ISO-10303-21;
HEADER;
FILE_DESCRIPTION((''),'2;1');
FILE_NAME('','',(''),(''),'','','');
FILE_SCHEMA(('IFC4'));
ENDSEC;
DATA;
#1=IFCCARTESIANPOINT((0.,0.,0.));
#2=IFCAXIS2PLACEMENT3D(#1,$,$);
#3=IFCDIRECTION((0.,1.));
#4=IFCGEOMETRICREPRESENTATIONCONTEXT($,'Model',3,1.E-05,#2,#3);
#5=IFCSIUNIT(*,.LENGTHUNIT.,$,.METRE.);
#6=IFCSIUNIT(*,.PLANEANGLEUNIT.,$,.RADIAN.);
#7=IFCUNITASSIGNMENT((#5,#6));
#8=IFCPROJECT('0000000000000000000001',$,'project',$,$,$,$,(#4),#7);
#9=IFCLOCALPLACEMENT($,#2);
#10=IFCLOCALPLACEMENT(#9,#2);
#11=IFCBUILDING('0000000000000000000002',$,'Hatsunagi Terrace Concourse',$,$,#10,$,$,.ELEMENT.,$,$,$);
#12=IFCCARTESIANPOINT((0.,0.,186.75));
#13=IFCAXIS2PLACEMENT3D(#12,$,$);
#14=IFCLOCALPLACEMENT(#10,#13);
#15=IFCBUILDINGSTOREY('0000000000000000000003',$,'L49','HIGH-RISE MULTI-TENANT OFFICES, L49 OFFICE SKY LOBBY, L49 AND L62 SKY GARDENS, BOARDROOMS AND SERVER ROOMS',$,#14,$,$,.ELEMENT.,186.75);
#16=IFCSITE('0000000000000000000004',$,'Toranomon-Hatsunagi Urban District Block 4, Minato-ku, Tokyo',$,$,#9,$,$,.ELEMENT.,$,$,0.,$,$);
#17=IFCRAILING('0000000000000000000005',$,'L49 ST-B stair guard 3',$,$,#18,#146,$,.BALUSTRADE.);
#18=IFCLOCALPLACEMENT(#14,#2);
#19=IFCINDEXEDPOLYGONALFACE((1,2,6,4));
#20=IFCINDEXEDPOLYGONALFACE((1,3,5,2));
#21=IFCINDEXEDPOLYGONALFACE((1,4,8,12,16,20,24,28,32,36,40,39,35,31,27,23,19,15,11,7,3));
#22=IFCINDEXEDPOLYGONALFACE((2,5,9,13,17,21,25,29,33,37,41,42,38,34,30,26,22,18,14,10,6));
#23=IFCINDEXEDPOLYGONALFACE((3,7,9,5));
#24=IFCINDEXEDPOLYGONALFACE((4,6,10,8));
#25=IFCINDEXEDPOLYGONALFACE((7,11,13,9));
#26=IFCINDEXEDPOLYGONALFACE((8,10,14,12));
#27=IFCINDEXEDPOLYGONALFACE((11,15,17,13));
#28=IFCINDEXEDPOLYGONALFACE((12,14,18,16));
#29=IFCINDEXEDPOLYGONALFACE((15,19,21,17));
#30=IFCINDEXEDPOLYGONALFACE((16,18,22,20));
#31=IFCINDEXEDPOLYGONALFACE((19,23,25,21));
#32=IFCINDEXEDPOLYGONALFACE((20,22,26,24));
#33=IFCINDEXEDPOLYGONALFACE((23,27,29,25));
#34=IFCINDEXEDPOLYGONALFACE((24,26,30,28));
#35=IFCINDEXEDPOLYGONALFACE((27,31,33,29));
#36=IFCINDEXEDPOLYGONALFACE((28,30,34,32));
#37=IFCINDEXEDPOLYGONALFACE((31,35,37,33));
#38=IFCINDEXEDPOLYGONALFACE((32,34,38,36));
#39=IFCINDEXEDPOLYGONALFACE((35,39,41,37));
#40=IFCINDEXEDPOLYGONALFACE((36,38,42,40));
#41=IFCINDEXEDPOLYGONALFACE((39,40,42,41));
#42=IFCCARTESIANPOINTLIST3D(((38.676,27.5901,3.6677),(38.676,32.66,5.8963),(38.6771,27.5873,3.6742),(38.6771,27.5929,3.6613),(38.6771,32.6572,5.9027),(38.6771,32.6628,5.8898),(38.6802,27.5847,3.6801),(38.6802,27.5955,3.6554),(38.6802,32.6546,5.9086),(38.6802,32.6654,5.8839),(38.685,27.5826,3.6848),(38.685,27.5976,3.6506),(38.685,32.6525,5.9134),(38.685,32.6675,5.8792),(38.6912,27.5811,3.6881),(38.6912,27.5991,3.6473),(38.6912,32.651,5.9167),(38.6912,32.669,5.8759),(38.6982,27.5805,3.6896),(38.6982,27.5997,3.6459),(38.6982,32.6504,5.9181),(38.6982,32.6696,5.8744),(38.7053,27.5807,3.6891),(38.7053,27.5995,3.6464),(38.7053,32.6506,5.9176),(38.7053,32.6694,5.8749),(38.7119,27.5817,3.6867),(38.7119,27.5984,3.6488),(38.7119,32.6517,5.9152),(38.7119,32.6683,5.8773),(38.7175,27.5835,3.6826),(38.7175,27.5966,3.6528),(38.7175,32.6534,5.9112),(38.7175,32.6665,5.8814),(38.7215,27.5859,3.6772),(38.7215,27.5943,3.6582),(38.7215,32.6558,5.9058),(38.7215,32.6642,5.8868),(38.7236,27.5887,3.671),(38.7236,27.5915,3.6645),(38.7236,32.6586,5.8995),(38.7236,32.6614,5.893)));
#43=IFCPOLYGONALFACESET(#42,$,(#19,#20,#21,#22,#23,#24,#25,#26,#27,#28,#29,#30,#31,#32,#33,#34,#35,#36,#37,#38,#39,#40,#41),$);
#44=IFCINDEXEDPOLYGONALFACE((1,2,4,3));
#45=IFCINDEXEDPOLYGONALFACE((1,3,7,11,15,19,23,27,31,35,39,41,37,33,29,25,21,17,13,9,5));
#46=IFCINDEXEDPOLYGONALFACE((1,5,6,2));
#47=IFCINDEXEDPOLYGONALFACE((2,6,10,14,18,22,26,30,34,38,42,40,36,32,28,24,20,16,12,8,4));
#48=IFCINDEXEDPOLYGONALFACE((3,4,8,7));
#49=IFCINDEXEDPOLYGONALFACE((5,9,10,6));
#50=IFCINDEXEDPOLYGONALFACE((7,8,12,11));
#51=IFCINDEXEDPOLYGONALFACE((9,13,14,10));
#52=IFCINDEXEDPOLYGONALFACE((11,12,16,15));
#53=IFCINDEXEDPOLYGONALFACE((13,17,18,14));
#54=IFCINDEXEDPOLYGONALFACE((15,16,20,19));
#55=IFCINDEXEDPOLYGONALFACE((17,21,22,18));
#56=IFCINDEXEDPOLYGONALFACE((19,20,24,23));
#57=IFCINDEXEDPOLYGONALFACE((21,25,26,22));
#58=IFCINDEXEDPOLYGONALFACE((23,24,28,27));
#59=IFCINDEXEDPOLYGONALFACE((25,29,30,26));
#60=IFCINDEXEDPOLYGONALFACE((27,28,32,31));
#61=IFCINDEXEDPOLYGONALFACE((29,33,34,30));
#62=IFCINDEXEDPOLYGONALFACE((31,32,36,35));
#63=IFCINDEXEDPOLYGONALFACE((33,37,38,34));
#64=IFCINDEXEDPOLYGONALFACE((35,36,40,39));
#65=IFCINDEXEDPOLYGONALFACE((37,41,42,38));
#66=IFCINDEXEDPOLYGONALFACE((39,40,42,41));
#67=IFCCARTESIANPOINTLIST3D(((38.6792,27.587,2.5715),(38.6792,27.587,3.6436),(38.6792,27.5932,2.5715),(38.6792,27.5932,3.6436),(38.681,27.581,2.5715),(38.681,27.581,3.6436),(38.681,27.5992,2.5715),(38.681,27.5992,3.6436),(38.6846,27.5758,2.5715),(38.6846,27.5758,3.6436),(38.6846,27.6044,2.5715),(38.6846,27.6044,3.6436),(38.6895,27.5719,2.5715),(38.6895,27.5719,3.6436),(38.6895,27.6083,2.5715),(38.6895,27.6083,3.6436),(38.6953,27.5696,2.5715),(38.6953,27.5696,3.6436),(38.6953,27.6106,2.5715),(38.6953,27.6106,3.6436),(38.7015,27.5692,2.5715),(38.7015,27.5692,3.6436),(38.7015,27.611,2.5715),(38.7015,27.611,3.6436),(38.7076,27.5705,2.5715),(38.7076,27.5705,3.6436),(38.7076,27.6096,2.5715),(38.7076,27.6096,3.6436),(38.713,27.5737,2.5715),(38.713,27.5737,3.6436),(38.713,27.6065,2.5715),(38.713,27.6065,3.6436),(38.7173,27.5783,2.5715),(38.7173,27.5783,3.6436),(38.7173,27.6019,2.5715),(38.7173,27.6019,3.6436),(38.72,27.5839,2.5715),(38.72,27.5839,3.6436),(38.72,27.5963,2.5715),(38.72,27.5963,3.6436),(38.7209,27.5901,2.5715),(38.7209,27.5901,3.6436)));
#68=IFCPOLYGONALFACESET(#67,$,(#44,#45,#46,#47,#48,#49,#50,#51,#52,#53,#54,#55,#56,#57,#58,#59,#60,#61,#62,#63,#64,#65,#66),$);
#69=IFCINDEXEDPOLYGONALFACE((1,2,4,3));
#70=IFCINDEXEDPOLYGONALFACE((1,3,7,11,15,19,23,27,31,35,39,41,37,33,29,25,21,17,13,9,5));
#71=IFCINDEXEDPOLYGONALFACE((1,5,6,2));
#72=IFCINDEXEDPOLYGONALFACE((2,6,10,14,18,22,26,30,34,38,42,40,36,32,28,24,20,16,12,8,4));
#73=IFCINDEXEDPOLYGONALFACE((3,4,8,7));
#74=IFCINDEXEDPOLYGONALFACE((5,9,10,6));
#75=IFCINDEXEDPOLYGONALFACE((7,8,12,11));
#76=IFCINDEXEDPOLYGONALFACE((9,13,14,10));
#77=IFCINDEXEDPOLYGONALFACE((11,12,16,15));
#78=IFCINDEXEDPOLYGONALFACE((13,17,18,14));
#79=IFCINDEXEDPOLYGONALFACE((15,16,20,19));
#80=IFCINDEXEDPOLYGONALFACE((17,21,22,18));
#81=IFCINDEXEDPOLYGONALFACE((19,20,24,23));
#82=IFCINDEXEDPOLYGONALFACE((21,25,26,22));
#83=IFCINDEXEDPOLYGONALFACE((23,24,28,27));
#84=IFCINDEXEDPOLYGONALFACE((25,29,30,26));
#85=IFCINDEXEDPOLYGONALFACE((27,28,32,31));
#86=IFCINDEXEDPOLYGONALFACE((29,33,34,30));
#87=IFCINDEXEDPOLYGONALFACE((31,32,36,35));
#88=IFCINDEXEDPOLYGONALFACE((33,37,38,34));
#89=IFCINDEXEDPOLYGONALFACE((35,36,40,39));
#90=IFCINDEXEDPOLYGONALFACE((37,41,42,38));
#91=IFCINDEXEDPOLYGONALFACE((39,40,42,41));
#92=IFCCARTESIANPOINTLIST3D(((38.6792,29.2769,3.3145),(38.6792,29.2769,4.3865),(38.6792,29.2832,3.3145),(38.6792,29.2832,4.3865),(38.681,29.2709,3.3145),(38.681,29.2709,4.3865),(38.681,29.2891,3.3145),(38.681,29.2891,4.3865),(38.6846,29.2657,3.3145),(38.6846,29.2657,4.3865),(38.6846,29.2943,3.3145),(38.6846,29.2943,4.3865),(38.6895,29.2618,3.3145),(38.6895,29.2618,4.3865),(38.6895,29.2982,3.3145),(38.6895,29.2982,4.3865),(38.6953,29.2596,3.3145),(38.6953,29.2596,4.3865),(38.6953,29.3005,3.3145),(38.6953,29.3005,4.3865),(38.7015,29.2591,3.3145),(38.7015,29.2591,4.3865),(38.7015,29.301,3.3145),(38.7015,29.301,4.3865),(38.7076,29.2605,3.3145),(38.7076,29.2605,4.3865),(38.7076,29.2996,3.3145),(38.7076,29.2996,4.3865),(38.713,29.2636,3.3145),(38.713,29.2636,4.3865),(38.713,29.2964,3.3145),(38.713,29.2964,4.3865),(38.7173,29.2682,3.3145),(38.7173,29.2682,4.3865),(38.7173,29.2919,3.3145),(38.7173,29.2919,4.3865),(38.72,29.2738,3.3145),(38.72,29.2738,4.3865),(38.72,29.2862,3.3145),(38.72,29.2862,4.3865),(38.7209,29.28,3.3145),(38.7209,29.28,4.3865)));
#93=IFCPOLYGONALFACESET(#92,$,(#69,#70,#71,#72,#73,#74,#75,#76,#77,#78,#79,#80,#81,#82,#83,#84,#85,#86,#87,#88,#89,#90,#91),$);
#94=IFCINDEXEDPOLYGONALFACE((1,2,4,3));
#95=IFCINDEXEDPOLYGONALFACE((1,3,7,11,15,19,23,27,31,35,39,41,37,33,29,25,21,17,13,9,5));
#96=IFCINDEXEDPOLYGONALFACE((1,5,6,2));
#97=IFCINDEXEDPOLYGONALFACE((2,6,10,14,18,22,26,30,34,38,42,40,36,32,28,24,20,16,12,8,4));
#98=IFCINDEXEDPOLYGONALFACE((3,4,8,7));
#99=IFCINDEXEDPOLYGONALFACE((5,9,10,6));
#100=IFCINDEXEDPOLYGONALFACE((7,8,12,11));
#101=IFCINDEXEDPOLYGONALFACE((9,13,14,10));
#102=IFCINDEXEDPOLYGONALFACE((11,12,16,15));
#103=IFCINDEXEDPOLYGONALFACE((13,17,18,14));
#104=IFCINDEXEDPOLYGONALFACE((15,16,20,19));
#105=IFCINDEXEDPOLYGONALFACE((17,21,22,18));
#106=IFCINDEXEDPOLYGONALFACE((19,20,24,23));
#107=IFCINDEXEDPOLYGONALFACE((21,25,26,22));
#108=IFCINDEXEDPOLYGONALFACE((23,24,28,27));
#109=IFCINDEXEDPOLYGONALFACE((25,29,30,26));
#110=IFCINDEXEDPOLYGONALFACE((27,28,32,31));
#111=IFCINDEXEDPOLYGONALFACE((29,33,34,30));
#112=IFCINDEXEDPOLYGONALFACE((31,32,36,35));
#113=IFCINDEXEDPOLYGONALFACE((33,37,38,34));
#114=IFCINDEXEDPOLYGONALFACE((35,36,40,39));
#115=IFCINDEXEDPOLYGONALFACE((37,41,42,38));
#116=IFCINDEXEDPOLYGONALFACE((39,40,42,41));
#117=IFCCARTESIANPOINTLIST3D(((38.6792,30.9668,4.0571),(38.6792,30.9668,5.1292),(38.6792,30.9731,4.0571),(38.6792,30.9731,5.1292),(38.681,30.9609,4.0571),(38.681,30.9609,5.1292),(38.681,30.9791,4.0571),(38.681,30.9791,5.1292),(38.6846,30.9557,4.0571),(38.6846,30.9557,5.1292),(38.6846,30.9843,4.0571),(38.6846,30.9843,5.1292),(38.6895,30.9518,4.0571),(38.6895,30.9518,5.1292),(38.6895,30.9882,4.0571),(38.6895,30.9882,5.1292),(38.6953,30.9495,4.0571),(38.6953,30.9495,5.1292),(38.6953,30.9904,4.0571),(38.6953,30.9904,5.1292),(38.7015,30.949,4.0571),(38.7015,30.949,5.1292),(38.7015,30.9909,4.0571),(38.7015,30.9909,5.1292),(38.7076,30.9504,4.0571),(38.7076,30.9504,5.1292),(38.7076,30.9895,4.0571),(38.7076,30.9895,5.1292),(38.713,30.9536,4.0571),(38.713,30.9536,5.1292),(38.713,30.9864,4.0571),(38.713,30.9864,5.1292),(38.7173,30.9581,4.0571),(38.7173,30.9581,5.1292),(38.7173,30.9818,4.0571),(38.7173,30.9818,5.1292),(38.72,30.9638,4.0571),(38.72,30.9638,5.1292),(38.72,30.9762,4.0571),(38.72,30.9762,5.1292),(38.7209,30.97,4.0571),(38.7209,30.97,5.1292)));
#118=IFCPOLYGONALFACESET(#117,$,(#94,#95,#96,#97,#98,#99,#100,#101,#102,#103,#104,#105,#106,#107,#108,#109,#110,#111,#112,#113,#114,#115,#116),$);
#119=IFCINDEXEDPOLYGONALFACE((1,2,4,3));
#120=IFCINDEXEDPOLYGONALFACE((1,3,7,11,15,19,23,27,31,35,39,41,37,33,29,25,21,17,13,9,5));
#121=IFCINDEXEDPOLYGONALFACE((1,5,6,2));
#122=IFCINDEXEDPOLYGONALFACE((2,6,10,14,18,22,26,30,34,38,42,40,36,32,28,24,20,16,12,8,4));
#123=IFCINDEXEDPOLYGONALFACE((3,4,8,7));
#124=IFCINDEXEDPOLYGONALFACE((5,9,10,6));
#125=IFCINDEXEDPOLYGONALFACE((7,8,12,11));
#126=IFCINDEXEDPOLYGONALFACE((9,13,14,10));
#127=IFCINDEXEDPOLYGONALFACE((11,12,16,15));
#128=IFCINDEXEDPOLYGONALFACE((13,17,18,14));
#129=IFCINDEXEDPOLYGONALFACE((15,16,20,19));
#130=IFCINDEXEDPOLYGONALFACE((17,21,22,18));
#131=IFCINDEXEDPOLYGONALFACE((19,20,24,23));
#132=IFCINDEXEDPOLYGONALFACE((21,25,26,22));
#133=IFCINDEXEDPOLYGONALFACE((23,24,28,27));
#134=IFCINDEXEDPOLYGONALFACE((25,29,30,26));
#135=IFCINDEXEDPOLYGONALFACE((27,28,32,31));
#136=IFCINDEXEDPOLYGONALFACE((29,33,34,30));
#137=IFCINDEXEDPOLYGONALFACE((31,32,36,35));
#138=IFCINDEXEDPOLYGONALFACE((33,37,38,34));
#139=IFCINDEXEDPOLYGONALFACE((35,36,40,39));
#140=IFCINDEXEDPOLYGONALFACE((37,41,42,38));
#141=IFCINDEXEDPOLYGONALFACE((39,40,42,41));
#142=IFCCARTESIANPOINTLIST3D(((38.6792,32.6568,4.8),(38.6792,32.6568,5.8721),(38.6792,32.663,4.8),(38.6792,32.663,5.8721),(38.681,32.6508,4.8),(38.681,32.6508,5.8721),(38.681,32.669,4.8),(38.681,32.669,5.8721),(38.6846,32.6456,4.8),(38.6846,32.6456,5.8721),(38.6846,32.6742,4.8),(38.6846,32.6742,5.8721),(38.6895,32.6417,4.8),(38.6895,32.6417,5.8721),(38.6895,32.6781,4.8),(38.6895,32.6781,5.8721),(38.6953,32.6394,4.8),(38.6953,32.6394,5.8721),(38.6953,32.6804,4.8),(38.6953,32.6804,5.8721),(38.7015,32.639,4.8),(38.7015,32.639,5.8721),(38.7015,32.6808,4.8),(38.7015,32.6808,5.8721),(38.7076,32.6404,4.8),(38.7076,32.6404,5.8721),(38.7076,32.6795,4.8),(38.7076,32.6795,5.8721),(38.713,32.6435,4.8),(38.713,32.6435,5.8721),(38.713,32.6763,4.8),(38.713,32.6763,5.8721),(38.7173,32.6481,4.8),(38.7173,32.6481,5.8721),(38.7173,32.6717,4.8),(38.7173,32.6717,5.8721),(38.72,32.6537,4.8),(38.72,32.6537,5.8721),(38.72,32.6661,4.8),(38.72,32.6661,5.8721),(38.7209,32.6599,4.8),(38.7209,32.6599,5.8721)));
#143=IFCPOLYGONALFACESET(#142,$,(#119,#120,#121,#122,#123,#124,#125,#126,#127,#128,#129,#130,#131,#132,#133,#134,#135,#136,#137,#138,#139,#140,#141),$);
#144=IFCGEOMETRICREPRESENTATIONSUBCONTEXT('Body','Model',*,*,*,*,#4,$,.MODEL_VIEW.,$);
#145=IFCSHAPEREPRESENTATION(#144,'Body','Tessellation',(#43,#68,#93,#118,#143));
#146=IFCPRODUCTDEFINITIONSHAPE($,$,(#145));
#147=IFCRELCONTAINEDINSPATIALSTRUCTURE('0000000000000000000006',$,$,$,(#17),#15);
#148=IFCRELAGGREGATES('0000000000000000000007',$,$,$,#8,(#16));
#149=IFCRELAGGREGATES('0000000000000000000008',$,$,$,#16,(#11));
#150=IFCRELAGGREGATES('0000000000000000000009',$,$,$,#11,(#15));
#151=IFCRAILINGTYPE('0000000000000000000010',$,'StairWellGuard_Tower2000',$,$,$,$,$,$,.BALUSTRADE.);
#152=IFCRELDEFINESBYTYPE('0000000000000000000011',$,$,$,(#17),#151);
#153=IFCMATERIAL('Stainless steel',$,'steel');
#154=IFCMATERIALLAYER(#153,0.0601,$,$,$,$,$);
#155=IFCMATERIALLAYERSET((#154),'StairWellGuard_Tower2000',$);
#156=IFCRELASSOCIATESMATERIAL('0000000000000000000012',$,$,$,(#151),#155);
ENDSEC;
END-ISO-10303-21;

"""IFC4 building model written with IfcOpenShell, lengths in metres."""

from ifc_helpers import new_model, si_unit, direction, frame, origin, origin_2d, place, context, subcontext, project, spatial, circle, extrude, material, layer, layer_set, type_object, element, save


model = new_model("IFC4")

# Units and contexts
model_context = context("Model", 3, precision=1e-05, world=origin(), true_north=direction((0.0, 1.0)))
body_context = subcontext(model_context, "Body", "Model", "MODEL_VIEW")
ifc_project = project(units=[si_unit("LENGTHUNIT", "METRE"), si_unit("PLANEANGLEUNIT", "RADIAN")], contexts=[model_context])

# Site, building, storey
site_placement = place(None, origin())
site = spatial("IfcSite", under=ifc_project, at=site_placement, Name="Toranomon-Hatsunagi Urban District Block 4, Minato-ku, Tokyo", CompositionType="ELEMENT", RefElevation=0.0)
building_placement = place(site_placement, origin())
building = spatial("IfcBuilding", under=site, at=building_placement, Name="Hatsunagi Terrace Concourse", CompositionType="ELEMENT")
storey_placement = place(building_placement, frame((0.0, 0.0, 186.75)))
storey = spatial("IfcBuildingStorey", under=building, at=storey_placement, Name="L49", Description="HIGH-RISE MULTI-TENANT OFFICES, L49 OFFICE SKY LOBBY, L49 AND L62 SKY GARDENS, BOARDROOMS AND SERVER ROOMS", CompositionType="ELEMENT", Elevation=186.75)

# Railing
ifc_material_1 = material(Name="Stainless steel", Category="steel")
ifc_layer_1 = layer(ifc_material_1, 0.0601)
ifc_layer_set_1 = layer_set([ifc_layer_1], Name="StairWellGuard_Tower2000")
railing_type_1 = type_object("IfcRailingType", Name="StairWellGuard_Tower2000", PredefinedType="BALUSTRADE", material=ifc_layer_set_1)
railing_1_placement = place(storey_placement, frame((38.7, 27.5901, 2.5715)))
element("IfcRailing", 1, at=railing_1_placement, inside=storey, type_object=railing_type_1, Name="L49 ST-B stair guard 3", PredefinedType="BALUSTRADE", context=body_context, shape_type="SweptSolid", body=[
    extrude(circle(Radius=0.0239, at=origin_2d()), frame((0.0, 0.0, 1.0962), z_axis=(0.0, 0.915462, 0.402405), x_axis=(-1.0, 0.0, 0.0)), (0.0, 0.0, 1.0), 5.5381),
    extrude(circle(Radius=0.021, at=origin_2d()), origin(), (0.0, 0.0, 1.0), 1.072),
    extrude(circle(Radius=0.021, at=origin_2d()), frame((0.0, 1.6899, 0.7429)), (0.0, 0.0, 1.0), 1.072),
    extrude(circle(Radius=0.021, at=origin_2d()), frame((0.0, 3.3799, 1.4856)), (0.0, 0.0, 1.0), 1.072),
    extrude(circle(Radius=0.021, at=origin_2d()), frame((0.0, 5.0698, 2.2285)), (0.0, 0.0, 1.0), 1.072),
])

save(model, "model.ifc")
